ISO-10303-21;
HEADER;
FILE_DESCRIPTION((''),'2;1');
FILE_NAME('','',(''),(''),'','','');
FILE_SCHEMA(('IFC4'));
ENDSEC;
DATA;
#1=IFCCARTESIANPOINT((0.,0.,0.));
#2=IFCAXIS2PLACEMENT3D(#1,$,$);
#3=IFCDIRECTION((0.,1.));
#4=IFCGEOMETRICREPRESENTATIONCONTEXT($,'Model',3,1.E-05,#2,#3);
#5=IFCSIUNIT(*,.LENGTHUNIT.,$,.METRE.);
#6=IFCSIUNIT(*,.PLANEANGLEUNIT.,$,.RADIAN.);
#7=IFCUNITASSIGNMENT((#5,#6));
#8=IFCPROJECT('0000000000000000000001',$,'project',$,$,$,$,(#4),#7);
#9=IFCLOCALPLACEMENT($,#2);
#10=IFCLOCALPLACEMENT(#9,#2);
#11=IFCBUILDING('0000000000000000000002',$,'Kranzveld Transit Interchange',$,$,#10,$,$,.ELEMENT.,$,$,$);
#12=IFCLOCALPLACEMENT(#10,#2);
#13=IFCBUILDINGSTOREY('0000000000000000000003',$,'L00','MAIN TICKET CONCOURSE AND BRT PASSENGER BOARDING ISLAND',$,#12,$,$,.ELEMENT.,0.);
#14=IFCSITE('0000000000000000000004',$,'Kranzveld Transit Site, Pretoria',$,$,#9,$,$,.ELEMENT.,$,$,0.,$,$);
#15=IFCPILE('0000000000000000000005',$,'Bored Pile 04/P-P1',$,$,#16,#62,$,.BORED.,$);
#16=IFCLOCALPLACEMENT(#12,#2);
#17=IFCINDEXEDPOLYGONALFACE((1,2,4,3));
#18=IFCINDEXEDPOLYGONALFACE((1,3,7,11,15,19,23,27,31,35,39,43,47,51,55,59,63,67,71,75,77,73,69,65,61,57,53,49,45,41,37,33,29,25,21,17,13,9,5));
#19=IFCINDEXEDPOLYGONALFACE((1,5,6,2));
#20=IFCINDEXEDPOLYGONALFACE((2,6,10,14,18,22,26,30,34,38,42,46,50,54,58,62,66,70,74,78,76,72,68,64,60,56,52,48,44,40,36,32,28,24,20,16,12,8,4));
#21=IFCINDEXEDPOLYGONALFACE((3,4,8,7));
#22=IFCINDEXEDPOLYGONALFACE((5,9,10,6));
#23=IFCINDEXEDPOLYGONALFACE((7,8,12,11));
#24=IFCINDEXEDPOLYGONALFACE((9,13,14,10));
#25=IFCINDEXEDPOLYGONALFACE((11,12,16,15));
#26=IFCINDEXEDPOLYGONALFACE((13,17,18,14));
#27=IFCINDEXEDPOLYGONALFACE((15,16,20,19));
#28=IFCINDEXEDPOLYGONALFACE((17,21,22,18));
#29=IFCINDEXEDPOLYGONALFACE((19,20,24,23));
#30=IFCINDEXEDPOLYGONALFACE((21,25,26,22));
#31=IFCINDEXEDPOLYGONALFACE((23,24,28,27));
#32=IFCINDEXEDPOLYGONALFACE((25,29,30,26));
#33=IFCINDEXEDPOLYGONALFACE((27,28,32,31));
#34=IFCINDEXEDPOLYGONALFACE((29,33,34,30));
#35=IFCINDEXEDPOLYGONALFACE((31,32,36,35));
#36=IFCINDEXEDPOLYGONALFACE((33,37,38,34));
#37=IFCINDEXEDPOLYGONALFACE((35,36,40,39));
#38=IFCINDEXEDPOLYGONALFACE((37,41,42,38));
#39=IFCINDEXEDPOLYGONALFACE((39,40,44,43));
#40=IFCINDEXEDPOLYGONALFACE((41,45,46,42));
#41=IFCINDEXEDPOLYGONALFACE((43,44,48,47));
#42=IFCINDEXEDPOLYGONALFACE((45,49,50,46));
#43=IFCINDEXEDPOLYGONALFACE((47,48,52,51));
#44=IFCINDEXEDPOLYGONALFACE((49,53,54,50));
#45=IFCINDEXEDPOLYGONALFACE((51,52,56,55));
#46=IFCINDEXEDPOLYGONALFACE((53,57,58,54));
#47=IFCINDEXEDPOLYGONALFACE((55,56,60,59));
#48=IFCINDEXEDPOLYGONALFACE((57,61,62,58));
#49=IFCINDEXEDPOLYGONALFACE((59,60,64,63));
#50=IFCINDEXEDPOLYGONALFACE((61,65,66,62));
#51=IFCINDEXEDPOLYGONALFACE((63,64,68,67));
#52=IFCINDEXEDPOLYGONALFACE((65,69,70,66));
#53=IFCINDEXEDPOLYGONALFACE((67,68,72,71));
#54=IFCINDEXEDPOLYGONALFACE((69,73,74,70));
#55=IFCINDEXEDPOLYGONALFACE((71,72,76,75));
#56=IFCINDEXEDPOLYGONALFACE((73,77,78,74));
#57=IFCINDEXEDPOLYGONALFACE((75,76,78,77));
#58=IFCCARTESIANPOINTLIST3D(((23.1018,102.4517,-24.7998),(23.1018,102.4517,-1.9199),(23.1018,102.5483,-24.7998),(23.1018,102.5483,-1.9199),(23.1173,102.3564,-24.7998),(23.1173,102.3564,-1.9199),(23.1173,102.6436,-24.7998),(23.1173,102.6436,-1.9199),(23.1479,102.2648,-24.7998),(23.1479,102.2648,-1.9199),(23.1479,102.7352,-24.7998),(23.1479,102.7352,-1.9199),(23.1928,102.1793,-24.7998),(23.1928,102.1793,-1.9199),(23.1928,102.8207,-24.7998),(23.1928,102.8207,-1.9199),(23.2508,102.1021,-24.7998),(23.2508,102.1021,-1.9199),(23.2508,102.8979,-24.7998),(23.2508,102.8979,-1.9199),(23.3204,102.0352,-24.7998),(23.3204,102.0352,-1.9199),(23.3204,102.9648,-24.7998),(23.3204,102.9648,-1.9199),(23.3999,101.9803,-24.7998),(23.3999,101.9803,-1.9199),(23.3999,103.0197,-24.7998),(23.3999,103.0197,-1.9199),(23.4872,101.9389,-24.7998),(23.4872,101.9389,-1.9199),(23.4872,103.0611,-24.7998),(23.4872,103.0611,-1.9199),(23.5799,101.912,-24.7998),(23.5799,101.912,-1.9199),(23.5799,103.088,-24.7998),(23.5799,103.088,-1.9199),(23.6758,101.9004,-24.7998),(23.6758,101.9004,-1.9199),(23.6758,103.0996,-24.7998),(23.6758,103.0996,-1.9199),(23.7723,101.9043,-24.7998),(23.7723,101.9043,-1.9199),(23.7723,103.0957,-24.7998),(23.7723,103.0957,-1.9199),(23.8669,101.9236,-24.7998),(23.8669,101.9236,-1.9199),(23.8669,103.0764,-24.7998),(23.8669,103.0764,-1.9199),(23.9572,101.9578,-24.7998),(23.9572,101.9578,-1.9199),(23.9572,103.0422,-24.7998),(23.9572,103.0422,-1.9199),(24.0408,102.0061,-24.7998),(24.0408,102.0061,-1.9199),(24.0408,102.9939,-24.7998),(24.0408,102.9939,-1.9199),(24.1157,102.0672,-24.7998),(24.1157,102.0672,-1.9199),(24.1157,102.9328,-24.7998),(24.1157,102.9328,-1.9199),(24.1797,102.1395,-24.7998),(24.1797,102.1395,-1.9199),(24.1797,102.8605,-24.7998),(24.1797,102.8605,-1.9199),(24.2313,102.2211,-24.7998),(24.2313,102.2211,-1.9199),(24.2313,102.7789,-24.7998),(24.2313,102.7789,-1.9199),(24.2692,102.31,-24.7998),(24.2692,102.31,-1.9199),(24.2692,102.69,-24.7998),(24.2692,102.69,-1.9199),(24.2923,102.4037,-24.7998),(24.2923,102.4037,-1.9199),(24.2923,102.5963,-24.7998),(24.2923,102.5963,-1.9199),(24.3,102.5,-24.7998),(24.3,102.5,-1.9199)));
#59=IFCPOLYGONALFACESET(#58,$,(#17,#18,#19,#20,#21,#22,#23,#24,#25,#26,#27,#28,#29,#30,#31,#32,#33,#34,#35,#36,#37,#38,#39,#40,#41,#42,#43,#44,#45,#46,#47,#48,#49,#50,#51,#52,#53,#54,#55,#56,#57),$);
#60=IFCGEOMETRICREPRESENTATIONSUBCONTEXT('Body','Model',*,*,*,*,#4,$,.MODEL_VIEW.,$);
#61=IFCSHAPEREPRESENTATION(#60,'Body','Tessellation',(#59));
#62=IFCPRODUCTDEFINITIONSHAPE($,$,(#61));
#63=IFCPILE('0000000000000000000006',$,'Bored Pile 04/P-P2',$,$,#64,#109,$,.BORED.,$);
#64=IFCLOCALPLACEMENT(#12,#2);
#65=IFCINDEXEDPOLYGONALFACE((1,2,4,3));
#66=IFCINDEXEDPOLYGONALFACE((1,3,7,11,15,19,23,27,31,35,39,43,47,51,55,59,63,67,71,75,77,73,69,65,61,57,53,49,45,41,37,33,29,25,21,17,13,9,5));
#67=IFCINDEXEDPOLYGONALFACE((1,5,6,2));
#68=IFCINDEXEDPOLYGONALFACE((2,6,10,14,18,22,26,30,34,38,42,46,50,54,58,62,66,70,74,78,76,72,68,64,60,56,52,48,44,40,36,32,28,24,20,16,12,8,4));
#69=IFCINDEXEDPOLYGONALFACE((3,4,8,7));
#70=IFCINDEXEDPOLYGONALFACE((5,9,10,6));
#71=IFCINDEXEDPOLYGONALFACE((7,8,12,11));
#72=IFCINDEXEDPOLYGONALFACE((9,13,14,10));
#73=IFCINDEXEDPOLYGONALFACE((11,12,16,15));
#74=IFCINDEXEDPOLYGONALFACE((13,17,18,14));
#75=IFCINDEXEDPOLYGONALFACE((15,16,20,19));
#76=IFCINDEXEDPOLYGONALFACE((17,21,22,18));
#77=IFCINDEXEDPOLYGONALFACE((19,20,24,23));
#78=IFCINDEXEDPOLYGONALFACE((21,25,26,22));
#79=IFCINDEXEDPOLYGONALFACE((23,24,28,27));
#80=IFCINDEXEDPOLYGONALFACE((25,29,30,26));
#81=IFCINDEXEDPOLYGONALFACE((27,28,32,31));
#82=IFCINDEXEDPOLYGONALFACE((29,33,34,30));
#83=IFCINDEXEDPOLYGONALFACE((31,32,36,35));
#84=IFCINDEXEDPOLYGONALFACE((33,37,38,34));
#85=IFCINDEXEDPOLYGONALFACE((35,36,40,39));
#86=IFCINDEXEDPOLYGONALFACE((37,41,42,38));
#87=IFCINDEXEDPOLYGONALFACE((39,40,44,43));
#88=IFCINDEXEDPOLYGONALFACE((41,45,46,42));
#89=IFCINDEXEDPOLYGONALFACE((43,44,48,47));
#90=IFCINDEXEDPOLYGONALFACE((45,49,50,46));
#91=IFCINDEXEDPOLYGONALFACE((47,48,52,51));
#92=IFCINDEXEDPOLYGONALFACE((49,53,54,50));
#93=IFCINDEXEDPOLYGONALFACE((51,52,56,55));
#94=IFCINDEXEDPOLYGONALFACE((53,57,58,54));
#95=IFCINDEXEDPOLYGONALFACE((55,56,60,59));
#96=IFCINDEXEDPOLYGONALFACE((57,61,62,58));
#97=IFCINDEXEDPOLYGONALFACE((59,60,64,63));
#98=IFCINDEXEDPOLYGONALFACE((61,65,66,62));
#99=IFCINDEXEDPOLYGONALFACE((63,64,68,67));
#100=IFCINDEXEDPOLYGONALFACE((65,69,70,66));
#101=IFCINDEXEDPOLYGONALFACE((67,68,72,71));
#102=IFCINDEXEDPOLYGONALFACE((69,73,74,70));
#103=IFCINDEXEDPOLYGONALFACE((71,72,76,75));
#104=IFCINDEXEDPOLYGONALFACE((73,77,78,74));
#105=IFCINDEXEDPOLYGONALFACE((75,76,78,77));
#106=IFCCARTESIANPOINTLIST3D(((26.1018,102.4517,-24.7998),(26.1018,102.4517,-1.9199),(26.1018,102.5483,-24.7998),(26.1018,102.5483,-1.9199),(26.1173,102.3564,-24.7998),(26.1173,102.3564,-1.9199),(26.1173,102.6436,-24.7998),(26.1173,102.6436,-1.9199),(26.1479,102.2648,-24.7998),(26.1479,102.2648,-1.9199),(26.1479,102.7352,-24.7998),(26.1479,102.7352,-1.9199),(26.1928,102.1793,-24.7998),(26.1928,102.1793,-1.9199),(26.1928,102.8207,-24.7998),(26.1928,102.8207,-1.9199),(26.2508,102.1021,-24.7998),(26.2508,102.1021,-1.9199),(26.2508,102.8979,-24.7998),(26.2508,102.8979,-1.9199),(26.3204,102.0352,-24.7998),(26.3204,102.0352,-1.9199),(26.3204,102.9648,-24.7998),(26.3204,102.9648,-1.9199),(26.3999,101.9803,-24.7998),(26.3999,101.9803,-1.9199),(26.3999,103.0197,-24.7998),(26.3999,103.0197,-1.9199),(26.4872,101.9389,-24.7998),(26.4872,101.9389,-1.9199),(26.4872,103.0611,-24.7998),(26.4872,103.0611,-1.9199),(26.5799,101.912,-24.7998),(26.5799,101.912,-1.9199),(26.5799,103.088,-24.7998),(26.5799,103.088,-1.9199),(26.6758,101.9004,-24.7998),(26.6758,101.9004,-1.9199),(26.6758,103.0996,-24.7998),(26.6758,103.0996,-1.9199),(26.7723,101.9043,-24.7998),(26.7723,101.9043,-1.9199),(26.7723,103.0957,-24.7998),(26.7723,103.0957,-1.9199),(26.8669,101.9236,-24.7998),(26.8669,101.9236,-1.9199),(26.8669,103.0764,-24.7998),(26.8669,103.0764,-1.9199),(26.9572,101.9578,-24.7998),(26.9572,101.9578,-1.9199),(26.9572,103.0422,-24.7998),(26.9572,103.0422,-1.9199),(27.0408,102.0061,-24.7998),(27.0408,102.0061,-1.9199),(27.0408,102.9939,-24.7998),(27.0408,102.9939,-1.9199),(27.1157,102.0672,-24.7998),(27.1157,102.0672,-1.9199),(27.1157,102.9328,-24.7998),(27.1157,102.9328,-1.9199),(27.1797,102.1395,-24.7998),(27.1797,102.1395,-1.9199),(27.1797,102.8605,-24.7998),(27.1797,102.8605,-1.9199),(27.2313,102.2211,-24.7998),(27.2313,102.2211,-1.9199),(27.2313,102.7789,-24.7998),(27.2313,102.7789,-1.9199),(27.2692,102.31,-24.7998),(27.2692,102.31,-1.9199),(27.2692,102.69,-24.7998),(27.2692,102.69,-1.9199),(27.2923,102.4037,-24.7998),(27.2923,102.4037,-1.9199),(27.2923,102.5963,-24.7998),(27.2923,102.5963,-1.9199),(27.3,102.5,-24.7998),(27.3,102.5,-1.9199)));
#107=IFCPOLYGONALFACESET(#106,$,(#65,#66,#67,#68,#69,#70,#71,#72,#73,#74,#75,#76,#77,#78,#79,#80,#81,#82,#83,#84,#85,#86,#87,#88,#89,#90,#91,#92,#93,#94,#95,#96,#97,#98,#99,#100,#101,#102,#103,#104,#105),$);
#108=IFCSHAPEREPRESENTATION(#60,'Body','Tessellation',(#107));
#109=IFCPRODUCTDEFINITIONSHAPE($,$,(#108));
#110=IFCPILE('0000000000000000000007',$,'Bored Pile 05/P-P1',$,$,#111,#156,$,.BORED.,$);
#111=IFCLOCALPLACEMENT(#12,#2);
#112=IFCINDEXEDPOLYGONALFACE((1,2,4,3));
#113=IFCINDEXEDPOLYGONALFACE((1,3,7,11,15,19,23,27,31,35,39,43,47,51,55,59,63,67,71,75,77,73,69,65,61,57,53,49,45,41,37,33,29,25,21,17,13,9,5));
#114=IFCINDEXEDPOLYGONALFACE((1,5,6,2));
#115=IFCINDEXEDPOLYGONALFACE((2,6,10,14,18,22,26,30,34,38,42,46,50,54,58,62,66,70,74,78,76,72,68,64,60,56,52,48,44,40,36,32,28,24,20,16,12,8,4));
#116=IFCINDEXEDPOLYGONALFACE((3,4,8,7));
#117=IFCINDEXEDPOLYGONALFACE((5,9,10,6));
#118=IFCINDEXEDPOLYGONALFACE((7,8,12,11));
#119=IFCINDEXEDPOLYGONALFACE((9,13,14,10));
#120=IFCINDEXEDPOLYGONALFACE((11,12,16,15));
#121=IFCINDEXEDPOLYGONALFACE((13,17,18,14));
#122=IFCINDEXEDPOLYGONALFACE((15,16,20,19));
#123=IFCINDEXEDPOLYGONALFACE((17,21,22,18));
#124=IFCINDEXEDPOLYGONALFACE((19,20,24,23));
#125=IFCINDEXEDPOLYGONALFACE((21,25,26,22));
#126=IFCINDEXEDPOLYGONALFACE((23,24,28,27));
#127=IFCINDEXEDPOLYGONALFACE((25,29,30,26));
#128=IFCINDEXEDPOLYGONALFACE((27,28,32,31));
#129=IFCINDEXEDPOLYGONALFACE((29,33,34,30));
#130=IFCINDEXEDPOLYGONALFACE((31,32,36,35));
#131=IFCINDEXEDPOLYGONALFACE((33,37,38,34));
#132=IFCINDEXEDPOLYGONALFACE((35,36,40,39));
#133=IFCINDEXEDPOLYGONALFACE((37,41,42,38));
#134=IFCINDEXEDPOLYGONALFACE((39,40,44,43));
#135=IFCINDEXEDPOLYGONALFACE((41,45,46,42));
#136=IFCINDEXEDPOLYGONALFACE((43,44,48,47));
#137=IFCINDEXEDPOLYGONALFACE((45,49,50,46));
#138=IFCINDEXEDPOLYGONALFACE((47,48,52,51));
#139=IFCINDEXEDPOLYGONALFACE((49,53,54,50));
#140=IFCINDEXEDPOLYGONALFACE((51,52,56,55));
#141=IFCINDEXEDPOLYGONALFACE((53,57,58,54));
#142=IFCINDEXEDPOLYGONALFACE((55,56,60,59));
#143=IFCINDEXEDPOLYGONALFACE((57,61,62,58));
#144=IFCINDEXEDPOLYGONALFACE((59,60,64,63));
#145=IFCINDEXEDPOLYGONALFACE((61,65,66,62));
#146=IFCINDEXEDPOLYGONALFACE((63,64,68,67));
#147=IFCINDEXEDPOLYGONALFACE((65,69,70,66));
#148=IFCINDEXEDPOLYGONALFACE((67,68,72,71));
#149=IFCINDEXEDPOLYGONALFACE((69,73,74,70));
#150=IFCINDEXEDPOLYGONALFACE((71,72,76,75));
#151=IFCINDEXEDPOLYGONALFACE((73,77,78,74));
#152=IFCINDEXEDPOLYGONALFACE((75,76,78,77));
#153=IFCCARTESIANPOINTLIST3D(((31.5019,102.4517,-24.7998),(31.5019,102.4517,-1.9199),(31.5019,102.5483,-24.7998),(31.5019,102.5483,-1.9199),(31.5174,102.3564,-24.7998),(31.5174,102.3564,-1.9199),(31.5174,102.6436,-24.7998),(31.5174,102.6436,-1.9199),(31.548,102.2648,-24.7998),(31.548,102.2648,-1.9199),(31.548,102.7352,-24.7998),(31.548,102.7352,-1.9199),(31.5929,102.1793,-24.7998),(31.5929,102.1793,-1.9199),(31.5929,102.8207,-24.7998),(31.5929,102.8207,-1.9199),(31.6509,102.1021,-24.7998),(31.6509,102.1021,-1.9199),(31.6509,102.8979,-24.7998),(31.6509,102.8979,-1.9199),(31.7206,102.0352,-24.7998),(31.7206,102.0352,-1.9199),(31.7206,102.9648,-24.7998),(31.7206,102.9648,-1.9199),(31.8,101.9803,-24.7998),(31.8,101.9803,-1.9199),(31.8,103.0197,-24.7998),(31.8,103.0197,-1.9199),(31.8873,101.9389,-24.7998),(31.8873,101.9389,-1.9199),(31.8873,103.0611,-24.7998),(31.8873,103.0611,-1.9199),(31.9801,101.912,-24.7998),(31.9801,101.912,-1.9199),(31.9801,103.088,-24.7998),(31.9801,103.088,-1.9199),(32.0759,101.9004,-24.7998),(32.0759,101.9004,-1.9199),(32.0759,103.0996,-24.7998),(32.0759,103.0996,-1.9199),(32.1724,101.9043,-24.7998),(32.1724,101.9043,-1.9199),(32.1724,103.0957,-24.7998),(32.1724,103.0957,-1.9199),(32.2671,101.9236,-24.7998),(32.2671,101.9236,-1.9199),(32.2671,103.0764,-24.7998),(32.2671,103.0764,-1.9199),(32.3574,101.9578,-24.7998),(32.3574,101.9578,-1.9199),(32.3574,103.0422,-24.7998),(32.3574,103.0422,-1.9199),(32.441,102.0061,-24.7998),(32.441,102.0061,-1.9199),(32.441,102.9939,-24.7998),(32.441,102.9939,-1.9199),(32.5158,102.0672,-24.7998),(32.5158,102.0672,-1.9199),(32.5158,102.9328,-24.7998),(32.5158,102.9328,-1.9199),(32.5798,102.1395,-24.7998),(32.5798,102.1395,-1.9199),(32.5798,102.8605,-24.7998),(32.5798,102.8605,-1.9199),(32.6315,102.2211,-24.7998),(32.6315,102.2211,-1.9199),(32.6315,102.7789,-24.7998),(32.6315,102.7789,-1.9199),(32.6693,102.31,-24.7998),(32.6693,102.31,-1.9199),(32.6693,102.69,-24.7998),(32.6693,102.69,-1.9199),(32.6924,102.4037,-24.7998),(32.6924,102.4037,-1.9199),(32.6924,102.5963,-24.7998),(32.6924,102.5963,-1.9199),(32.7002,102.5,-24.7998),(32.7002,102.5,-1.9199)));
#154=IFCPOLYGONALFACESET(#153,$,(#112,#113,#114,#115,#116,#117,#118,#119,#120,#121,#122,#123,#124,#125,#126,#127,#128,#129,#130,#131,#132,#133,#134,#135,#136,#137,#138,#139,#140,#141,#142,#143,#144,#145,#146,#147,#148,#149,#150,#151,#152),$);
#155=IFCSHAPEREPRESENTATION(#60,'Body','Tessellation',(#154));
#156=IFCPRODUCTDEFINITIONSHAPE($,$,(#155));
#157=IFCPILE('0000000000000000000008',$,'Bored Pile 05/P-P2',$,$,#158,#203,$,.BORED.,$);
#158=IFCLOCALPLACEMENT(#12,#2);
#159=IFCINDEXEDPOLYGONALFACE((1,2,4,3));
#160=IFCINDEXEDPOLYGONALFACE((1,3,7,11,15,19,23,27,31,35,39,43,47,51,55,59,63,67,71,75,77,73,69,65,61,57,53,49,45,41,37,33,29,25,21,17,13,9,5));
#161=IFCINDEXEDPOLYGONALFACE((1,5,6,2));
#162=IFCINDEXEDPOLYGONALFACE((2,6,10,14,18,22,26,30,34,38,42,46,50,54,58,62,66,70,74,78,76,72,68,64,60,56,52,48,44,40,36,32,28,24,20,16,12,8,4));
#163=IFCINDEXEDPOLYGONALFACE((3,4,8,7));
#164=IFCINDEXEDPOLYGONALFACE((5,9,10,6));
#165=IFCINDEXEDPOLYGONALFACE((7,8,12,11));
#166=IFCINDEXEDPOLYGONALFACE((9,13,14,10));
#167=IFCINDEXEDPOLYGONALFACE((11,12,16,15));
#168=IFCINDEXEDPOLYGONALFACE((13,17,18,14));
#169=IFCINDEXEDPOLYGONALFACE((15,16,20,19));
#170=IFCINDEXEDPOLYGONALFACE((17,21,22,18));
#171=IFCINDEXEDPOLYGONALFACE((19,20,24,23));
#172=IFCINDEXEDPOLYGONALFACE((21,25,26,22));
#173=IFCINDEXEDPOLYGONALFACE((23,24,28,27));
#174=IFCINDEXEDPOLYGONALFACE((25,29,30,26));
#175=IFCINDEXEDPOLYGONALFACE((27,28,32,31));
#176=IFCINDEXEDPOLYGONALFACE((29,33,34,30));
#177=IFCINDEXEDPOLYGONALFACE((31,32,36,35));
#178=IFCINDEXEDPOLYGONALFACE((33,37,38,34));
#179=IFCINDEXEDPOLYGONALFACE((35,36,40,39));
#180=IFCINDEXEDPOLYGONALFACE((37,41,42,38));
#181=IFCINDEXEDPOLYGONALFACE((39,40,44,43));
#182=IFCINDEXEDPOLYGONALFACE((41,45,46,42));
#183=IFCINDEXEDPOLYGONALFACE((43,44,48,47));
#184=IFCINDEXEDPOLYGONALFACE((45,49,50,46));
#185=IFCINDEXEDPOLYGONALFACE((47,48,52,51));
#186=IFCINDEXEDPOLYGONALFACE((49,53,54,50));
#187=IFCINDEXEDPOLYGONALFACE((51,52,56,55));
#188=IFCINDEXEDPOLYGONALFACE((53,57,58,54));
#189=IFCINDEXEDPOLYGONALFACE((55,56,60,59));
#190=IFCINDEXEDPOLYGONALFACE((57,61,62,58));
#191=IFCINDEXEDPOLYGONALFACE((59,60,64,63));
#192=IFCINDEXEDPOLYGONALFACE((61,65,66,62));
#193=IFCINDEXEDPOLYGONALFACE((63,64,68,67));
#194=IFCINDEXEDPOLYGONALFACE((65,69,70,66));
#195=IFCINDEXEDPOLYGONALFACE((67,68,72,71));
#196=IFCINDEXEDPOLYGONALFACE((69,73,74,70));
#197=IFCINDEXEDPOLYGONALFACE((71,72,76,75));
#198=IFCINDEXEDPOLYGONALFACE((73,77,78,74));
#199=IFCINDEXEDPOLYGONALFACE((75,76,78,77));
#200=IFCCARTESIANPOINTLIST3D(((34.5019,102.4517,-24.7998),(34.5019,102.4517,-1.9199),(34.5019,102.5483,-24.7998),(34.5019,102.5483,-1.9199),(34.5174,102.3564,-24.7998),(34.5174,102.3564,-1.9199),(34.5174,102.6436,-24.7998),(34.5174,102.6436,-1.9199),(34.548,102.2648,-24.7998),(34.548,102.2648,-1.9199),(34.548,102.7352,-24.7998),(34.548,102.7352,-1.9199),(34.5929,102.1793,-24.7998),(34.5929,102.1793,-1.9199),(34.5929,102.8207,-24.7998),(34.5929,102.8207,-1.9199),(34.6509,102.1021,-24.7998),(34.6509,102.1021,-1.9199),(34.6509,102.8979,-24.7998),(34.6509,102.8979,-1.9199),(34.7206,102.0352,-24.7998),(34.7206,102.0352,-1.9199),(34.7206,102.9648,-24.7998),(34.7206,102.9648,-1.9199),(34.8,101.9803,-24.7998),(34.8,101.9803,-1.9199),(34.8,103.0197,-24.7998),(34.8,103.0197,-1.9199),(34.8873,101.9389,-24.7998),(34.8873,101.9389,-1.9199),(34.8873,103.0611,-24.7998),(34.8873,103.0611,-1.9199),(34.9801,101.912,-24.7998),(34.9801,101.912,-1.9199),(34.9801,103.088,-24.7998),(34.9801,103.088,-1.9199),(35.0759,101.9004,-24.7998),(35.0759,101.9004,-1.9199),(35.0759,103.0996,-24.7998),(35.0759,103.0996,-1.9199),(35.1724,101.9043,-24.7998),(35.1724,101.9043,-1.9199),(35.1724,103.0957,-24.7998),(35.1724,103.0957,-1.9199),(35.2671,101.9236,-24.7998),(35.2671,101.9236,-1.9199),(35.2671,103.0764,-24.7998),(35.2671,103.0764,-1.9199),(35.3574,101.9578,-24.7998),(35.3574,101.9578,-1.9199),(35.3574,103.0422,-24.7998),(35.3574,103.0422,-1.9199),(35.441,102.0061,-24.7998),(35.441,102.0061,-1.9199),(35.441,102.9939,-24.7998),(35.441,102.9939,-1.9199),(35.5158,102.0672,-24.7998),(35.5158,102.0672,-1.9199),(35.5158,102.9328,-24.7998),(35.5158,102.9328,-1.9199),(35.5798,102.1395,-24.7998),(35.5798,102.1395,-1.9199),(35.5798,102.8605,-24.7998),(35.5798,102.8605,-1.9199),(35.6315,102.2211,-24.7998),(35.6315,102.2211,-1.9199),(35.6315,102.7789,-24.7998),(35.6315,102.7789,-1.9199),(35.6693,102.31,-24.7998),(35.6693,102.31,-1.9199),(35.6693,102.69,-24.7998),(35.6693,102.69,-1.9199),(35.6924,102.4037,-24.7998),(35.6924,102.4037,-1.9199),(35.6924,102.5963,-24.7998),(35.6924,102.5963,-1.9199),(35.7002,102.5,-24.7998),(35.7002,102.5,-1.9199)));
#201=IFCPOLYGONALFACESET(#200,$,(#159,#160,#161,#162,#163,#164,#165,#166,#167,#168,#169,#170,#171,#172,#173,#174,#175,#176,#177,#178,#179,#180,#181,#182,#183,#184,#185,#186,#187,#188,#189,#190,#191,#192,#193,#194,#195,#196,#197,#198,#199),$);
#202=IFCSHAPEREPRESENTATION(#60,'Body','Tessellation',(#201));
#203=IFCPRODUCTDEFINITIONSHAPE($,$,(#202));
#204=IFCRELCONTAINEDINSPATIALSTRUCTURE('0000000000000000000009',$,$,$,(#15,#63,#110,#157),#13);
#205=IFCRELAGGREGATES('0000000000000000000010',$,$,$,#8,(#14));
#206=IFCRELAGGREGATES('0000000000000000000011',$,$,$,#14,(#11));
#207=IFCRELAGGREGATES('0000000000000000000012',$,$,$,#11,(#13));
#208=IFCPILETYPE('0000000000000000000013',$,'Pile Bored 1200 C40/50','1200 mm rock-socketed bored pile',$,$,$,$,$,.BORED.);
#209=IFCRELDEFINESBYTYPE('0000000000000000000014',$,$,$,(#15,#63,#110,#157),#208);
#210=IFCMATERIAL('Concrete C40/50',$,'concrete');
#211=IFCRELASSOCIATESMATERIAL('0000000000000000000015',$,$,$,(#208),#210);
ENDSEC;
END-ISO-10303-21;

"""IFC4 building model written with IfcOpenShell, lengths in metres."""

from ifc_helpers import new_model, si_unit, direction, frame, origin, origin_2d, place, context, subcontext, project, spatial, circle, extrude, material, material_profile, profile_set, type_object, element, save


model = new_model("IFC4")

# Units and contexts
model_context = context("Model", 3, precision=1e-05, world=origin(), true_north=direction((0.0, 1.0)))
body_context = subcontext(model_context, "Body", "Model", "MODEL_VIEW")
ifc_project = project(units=[si_unit("LENGTHUNIT", "METRE"), si_unit("PLANEANGLEUNIT", "RADIAN")], contexts=[model_context])

# Site, building, storey
site_placement = place(None, origin())
site = spatial("IfcSite", under=ifc_project, at=site_placement, Name="Kranzveld Transit Site, Pretoria", CompositionType="ELEMENT", RefElevation=0.0)
building_placement = place(site_placement, origin())
building = spatial("IfcBuilding", under=site, at=building_placement, Name="Kranzveld Transit Interchange", CompositionType="ELEMENT")
storey_placement = place(building_placement, origin())
storey = spatial("IfcBuildingStorey", under=building, at=storey_placement, Name="L00", Description="MAIN TICKET CONCOURSE AND BRT PASSENGER BOARDING ISLAND", CompositionType="ELEMENT", Elevation=0.0)

# Piles
ifc_material_1 = material(Name="Concrete C40/50", Category="concrete")
ifc_material_profile_1 = material_profile(ifc_material_1, circle(Radius=0.6001, at=origin_2d()), Name="BORED PILE 1200")
ifc_profile_set_1 = profile_set([ifc_material_profile_1], Name="Concrete C40/50")
pile_type_1 = type_object("IfcPileType", Name="Pile Bored 1200 C40/50", Description="1200 mm rock-socketed bored pile", PredefinedType="BORED", material=ifc_profile_set_1)
for number, where, z_axis, x_axis, name in (
    (1, (23.7, 102.5, -1.9199), (0.0, 0.0, -1.0), (1.0, 0.0, 0.0), "Bored Pile 04/P-P1"),
    (2, (26.7, 102.5, -1.9199), (0.0, 0.0, -1.0), (1.0, 0.0, 0.0), "Bored Pile 04/P-P2"),
    (3, (32.1001, 102.5, -1.9199), (0.0, 0.0, -1.0), (1.0, 0.0, 0.0), "Bored Pile 05/P-P1"),
    (4, (35.1001, 102.5, -1.9199), (0.0, 0.0, -1.0), (1.0, 0.0, 0.0), "Bored Pile 05/P-P2"),
):
    element("IfcPile", number, at=place(storey_placement, frame(where, z_axis=z_axis, x_axis=x_axis)), inside=storey, type_object=pile_type_1, Name=name, PredefinedType="BORED", context=body_context, shape_type="SweptSolid", body=[
        extrude(circle(Radius=0.6001, at=origin_2d()), origin(), (0.0, 0.0, 1.0), 22.8799),
    ])

save(model, "model.ifc")
